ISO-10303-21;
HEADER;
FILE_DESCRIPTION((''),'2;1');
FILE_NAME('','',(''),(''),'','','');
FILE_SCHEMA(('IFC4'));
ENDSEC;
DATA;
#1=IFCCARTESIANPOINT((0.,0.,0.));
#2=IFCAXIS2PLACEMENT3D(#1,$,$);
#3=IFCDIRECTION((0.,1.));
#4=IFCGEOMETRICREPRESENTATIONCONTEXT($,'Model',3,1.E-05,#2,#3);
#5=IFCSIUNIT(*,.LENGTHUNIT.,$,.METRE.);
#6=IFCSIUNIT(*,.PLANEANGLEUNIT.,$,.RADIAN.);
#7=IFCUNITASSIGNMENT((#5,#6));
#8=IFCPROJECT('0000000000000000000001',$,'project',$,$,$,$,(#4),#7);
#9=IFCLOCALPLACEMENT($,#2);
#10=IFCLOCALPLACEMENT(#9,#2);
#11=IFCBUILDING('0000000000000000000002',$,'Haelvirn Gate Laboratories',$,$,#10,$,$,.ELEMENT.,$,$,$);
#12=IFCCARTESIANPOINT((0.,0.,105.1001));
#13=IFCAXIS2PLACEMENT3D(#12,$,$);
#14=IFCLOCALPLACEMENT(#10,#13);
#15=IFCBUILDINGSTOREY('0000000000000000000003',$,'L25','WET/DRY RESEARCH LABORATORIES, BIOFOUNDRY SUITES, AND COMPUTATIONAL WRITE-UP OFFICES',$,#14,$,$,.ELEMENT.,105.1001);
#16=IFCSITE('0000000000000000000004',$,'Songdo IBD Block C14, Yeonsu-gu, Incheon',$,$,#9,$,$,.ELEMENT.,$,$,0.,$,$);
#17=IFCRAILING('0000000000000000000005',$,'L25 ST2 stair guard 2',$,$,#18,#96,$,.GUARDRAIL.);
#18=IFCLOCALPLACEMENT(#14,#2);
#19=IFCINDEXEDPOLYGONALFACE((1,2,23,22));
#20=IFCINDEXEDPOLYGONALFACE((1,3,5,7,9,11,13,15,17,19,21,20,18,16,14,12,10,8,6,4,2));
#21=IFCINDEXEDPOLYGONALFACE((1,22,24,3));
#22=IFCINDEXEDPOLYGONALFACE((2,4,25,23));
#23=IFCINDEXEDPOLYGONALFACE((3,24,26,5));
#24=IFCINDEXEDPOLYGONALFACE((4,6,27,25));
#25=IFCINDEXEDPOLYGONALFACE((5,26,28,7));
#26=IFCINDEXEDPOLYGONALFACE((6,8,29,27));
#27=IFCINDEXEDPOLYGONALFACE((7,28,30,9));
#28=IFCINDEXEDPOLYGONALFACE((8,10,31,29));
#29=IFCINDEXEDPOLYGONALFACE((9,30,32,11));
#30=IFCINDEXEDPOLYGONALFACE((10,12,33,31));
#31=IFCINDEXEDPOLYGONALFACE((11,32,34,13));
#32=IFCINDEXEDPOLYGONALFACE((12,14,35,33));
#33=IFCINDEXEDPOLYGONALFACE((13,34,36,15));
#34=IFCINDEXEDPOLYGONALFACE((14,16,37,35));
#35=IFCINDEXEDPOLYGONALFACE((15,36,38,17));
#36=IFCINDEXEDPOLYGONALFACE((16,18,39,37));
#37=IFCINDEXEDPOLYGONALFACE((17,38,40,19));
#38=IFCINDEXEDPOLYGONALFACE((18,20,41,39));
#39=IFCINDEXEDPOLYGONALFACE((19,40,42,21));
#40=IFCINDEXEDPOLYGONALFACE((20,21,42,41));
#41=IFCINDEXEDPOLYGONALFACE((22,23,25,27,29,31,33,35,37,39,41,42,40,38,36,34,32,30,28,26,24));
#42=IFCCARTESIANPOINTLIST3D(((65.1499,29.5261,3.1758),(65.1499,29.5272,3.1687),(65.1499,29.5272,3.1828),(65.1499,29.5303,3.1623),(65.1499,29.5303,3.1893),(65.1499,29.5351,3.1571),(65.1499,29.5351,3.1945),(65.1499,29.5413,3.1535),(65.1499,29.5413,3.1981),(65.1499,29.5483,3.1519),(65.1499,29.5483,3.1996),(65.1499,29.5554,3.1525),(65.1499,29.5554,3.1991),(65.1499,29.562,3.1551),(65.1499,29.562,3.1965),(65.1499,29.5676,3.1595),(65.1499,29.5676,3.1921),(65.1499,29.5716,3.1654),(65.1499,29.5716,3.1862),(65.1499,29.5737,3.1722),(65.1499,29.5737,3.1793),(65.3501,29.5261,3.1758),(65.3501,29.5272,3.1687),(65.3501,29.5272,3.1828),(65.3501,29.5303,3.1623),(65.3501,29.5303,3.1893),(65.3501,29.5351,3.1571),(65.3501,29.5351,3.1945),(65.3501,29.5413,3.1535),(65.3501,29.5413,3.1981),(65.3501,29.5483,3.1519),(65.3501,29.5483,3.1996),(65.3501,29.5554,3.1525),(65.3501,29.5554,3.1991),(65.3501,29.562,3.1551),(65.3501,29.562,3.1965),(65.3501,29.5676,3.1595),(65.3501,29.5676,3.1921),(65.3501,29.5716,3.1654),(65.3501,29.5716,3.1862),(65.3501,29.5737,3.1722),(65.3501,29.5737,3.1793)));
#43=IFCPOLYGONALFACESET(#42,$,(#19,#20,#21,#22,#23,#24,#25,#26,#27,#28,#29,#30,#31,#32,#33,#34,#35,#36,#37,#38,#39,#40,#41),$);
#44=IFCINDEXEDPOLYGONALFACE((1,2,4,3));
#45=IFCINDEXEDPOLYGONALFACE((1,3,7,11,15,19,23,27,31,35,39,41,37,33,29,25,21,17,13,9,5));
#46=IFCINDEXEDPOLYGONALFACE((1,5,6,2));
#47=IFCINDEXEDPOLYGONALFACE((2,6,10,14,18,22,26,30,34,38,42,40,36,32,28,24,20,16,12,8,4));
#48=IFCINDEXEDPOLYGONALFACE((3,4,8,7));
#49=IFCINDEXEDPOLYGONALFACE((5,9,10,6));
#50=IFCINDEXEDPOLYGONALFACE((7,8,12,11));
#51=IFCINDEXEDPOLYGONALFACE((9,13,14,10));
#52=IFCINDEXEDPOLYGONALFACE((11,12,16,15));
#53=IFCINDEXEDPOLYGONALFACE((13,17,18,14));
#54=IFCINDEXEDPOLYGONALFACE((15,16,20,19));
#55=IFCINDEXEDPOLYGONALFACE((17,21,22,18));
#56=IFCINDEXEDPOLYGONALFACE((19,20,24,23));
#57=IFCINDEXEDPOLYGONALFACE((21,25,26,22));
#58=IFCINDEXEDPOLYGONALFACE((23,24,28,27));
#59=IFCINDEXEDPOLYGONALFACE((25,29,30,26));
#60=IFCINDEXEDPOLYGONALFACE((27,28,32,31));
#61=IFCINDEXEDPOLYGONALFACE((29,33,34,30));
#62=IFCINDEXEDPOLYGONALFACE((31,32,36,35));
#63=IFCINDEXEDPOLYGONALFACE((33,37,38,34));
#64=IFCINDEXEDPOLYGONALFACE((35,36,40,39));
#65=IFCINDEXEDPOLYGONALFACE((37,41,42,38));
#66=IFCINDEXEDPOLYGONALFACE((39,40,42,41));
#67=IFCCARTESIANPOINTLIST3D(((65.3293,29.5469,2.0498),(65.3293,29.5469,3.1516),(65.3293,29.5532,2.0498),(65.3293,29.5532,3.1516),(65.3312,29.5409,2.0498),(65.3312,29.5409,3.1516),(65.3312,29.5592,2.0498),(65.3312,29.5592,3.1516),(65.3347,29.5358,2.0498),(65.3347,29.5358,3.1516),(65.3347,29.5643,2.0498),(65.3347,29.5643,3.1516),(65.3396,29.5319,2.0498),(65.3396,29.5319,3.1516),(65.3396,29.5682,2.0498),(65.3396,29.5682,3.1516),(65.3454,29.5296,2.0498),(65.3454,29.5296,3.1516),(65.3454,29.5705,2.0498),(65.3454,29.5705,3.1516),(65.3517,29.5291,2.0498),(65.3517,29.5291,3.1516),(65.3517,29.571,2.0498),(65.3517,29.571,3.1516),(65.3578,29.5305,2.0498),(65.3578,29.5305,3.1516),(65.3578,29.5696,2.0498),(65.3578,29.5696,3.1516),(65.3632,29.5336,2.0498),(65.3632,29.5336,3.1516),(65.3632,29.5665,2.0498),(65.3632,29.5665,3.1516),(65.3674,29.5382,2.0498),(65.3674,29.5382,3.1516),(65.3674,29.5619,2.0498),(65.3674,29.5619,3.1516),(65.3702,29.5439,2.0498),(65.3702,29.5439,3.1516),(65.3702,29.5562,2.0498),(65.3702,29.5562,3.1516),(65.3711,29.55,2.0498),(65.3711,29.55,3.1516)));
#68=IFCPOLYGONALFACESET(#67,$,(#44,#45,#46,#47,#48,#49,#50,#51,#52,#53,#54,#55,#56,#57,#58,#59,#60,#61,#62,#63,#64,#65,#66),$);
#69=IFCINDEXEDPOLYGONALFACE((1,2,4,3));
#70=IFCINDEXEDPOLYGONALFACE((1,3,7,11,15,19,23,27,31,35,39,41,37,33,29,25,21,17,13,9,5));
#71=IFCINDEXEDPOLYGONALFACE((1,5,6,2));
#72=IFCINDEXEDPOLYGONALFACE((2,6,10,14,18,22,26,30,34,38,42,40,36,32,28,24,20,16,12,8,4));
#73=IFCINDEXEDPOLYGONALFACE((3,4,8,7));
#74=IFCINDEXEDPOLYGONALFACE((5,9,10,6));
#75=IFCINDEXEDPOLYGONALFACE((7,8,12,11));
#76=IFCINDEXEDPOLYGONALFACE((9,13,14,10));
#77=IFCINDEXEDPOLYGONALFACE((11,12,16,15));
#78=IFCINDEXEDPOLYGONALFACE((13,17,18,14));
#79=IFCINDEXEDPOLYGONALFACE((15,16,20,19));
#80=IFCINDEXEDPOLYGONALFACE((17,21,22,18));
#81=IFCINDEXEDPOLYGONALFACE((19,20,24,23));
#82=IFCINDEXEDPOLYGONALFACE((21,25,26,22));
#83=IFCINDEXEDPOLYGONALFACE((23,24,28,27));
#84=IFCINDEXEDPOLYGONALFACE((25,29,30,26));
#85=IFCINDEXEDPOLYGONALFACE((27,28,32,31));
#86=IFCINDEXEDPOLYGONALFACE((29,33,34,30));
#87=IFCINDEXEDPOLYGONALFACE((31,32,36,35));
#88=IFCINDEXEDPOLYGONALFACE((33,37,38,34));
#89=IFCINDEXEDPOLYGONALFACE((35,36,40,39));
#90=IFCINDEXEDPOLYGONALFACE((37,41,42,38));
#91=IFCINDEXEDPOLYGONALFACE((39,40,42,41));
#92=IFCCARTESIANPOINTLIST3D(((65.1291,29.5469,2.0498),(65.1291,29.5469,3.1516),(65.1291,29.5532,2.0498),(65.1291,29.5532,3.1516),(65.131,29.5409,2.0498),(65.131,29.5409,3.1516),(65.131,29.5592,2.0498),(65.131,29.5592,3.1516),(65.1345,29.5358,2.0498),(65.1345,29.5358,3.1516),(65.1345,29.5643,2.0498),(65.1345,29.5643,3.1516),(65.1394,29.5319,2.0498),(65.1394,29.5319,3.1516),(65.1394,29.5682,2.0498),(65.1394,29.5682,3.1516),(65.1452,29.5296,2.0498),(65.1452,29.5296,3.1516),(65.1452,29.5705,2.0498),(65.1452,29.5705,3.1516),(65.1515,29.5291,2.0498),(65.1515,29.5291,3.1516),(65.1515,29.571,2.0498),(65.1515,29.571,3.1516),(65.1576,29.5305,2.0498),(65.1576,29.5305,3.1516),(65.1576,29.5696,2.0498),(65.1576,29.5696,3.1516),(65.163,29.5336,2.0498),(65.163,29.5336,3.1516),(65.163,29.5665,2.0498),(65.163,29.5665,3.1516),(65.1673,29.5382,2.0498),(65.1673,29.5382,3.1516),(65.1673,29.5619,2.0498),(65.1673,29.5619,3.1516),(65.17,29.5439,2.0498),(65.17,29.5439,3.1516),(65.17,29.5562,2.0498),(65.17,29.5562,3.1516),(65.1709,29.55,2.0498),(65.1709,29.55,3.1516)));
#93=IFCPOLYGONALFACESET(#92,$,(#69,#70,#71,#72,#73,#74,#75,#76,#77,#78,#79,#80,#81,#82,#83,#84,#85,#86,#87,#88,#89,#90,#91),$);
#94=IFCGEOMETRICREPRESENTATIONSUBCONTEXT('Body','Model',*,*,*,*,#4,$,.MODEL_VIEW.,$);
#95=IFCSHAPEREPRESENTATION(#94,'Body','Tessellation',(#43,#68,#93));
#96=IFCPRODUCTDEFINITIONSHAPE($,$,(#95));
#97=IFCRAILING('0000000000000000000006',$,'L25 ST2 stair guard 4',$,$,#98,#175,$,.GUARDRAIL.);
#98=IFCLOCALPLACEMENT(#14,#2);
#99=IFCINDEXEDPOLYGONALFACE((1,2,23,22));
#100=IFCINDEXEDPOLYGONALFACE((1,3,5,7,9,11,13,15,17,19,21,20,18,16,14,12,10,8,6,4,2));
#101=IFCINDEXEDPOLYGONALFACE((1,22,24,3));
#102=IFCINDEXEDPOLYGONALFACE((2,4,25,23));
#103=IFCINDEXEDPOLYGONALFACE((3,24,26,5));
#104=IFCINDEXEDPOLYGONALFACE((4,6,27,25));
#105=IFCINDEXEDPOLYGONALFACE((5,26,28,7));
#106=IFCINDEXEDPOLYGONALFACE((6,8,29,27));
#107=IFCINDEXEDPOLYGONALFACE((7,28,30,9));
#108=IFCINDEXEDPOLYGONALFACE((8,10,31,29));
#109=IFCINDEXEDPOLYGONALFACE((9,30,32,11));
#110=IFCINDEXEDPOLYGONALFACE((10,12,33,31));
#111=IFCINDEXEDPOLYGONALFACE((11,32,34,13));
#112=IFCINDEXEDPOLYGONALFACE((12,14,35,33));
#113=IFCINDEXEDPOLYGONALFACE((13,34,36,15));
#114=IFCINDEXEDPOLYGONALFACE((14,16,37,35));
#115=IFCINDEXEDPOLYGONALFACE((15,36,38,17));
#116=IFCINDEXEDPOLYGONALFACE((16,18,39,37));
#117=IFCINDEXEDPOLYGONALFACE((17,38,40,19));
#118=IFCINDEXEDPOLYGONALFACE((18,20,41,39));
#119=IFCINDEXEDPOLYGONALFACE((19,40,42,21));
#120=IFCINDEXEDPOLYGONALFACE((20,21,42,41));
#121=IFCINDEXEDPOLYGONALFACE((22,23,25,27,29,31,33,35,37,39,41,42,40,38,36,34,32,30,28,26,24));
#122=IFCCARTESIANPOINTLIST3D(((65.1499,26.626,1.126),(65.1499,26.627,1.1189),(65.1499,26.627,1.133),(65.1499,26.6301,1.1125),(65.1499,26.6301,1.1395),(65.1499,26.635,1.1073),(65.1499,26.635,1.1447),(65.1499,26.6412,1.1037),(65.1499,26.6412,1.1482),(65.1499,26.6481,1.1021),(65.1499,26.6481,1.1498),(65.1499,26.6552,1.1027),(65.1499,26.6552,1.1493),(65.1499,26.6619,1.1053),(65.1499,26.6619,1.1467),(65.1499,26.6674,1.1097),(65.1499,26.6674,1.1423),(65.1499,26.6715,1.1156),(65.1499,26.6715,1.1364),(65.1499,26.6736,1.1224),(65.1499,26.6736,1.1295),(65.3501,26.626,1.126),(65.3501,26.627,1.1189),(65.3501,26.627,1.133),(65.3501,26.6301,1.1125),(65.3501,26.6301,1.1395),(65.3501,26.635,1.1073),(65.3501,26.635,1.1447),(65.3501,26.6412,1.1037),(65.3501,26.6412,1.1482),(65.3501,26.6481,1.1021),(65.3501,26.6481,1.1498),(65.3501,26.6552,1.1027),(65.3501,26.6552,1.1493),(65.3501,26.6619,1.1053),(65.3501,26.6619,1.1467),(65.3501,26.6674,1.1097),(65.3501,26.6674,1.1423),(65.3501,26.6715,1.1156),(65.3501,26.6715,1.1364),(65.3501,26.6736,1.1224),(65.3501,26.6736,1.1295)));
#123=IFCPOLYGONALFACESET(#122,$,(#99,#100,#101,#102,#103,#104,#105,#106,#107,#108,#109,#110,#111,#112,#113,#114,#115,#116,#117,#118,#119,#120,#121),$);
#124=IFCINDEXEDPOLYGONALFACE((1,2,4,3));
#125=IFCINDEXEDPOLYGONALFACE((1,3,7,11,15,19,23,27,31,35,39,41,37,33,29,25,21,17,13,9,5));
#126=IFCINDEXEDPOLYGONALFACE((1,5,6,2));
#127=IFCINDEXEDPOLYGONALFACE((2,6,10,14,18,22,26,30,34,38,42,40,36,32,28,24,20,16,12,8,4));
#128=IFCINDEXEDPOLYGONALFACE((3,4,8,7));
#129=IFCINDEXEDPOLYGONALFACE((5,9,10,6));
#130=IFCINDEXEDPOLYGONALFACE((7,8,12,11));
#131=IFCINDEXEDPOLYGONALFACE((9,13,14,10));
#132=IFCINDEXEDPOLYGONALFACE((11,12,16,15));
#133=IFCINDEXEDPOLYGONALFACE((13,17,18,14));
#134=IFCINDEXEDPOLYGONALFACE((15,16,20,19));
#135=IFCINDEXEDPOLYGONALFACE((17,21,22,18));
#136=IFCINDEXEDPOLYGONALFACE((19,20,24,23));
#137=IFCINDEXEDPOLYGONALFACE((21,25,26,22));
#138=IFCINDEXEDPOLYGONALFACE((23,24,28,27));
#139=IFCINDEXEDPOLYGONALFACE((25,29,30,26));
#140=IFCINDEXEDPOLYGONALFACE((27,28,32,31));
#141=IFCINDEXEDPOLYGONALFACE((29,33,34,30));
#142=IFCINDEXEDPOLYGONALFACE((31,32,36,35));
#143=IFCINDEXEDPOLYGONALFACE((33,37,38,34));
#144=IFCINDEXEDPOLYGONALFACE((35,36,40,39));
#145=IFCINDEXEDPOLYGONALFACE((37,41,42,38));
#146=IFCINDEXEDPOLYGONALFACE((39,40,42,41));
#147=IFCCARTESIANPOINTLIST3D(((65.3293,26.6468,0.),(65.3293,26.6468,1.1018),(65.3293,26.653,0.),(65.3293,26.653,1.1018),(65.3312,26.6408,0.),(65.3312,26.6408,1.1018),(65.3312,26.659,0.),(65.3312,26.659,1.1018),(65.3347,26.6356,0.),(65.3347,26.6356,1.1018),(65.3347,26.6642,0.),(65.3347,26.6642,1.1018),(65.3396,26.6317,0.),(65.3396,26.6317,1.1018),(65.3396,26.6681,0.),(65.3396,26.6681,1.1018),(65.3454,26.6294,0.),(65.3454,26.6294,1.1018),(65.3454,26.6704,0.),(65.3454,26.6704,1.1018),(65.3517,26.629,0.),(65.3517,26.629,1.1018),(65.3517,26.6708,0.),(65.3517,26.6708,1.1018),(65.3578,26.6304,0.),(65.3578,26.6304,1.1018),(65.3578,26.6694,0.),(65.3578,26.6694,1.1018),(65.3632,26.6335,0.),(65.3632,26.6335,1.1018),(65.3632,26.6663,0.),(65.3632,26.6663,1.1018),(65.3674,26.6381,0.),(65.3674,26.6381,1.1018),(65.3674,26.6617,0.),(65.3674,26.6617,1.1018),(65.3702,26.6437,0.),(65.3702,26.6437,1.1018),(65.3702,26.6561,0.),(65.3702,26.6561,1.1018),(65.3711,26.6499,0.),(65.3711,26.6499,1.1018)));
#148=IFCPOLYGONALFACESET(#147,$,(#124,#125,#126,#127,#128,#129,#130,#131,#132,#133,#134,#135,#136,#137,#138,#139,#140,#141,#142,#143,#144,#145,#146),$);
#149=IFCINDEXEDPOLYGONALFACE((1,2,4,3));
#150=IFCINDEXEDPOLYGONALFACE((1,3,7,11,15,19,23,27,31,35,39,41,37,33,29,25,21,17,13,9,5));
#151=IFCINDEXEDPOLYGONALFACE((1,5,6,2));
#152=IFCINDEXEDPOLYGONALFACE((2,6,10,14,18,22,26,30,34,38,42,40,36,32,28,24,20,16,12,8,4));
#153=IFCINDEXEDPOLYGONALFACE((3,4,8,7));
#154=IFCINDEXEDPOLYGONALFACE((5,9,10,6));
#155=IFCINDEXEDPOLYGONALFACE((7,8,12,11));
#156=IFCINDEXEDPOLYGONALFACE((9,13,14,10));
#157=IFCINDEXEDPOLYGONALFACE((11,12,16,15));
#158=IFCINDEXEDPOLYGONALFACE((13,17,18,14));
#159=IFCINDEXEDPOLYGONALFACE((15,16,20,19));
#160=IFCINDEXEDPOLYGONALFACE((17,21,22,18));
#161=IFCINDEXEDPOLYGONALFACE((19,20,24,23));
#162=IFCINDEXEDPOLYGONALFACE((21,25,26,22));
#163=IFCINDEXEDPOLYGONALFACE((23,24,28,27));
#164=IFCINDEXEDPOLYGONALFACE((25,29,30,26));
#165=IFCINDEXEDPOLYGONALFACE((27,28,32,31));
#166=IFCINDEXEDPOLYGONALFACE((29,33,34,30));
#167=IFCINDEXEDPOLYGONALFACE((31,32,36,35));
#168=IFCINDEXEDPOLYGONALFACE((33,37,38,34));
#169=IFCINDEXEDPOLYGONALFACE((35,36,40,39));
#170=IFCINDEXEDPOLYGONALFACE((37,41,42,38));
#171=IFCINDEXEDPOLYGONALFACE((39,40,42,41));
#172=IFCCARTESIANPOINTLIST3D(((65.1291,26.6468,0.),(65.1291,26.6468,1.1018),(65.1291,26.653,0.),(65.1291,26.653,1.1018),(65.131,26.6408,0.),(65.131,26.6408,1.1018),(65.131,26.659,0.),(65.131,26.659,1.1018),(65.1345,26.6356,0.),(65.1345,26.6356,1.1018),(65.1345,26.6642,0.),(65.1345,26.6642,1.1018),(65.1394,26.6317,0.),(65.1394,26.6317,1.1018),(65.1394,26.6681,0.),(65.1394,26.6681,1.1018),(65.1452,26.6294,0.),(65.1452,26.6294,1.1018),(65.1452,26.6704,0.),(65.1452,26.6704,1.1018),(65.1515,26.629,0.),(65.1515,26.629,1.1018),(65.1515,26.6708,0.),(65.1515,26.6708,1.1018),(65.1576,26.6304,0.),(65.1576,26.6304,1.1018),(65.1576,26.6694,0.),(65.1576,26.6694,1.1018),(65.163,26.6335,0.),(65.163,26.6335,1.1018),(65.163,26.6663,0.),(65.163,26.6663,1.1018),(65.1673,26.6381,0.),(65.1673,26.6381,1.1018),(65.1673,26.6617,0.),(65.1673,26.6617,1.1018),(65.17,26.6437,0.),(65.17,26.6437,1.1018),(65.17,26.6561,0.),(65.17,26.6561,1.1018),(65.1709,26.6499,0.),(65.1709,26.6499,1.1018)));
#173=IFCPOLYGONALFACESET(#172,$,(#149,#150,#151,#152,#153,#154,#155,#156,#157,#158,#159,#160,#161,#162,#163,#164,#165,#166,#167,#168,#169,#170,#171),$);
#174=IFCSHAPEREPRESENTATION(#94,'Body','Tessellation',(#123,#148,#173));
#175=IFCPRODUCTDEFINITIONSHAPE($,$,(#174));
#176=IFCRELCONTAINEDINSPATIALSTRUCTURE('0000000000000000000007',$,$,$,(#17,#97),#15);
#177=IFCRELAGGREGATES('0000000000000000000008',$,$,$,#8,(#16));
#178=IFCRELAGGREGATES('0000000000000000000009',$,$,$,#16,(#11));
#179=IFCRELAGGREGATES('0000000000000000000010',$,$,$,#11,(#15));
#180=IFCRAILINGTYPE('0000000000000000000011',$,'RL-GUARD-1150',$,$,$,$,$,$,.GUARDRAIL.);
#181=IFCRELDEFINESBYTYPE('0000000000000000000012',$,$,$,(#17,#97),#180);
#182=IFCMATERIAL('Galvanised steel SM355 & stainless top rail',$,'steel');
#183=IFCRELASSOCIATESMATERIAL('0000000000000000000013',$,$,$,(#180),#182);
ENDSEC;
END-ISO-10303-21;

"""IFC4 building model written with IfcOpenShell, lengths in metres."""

from ifc_helpers import new_model, si_unit, direction, frame, origin, origin_2d, place, context, subcontext, project, spatial, circle, extrude, source, transform, mapped, material, type_object, element, save


model = new_model("IFC4")

# Units and contexts
model_context = context("Model", 3, precision=1e-05, world=origin(), true_north=direction((0.0, 1.0)))
body_context = subcontext(model_context, "Body", "Model", "MODEL_VIEW")
ifc_project = project(units=[si_unit("LENGTHUNIT", "METRE"), si_unit("PLANEANGLEUNIT", "RADIAN")], contexts=[model_context])

# Site, building, storey
site_placement = place(None, origin())
site = spatial("IfcSite", under=ifc_project, at=site_placement, Name="Songdo IBD Block C14, Yeonsu-gu, Incheon", CompositionType="ELEMENT", RefElevation=0.0)
building_placement = place(site_placement, origin())
building = spatial("IfcBuilding", under=site, at=building_placement, Name="Haelvirn Gate Laboratories", CompositionType="ELEMENT")
storey_placement = place(building_placement, frame((0.0, 0.0, 105.1001)))
storey = spatial("IfcBuildingStorey", under=building, at=storey_placement, Name="L25", Description="WET/DRY RESEARCH LABORATORIES, BIOFOUNDRY SUITES, AND COMPUTATIONAL WRITE-UP OFFICES", CompositionType="ELEMENT", Elevation=105.1001)

# Railings
ifc_material_1 = material(Name="Galvanised steel SM355 & stainless top rail", Category="steel")
railing_type_1 = type_object("IfcRailingType", Name="RL-GUARD-1150", PredefinedType="GUARDRAIL", material=ifc_material_1)
shared_shape_1 = source(origin(), body_context, "Body", "SweptSolid", [
    extrude(circle(Radius=0.0239, at=origin_2d()), frame((0.0, 0.0, 1.126), z_axis=(-1.0, 0.0, 0.0), x_axis=(0.0, -1.0, 0.0)), (0.0, 0.0, 1.0), 0.2002),
    extrude(circle(Radius=0.021, at=origin_2d()), origin(), (0.0, 0.0, 1.0), 1.1018),
    extrude(circle(Radius=0.021, at=origin_2d()), frame((-0.2002, 0.0, 0.0)), (0.0, 0.0, 1.0), 1.1018),
])
for number, where, name in (
    (1, (65.3501, 29.55, 2.0498), "L25 ST2 stair guard 2"),
    (2, (65.3501, 26.6499, 0.0), "L25 ST2 stair guard 4"),
):
    element("IfcRailing", number, at=place(storey_placement, frame(where)), inside=storey, type_object=railing_type_1, Name=name, PredefinedType="GUARDRAIL", context=body_context, shape_type="MappedRepresentation", body=[
        mapped(shared_shape_1, transform((0.0, 0.0, 0.0), scale=1.0)),
    ])

save(model, "model.ifc")
